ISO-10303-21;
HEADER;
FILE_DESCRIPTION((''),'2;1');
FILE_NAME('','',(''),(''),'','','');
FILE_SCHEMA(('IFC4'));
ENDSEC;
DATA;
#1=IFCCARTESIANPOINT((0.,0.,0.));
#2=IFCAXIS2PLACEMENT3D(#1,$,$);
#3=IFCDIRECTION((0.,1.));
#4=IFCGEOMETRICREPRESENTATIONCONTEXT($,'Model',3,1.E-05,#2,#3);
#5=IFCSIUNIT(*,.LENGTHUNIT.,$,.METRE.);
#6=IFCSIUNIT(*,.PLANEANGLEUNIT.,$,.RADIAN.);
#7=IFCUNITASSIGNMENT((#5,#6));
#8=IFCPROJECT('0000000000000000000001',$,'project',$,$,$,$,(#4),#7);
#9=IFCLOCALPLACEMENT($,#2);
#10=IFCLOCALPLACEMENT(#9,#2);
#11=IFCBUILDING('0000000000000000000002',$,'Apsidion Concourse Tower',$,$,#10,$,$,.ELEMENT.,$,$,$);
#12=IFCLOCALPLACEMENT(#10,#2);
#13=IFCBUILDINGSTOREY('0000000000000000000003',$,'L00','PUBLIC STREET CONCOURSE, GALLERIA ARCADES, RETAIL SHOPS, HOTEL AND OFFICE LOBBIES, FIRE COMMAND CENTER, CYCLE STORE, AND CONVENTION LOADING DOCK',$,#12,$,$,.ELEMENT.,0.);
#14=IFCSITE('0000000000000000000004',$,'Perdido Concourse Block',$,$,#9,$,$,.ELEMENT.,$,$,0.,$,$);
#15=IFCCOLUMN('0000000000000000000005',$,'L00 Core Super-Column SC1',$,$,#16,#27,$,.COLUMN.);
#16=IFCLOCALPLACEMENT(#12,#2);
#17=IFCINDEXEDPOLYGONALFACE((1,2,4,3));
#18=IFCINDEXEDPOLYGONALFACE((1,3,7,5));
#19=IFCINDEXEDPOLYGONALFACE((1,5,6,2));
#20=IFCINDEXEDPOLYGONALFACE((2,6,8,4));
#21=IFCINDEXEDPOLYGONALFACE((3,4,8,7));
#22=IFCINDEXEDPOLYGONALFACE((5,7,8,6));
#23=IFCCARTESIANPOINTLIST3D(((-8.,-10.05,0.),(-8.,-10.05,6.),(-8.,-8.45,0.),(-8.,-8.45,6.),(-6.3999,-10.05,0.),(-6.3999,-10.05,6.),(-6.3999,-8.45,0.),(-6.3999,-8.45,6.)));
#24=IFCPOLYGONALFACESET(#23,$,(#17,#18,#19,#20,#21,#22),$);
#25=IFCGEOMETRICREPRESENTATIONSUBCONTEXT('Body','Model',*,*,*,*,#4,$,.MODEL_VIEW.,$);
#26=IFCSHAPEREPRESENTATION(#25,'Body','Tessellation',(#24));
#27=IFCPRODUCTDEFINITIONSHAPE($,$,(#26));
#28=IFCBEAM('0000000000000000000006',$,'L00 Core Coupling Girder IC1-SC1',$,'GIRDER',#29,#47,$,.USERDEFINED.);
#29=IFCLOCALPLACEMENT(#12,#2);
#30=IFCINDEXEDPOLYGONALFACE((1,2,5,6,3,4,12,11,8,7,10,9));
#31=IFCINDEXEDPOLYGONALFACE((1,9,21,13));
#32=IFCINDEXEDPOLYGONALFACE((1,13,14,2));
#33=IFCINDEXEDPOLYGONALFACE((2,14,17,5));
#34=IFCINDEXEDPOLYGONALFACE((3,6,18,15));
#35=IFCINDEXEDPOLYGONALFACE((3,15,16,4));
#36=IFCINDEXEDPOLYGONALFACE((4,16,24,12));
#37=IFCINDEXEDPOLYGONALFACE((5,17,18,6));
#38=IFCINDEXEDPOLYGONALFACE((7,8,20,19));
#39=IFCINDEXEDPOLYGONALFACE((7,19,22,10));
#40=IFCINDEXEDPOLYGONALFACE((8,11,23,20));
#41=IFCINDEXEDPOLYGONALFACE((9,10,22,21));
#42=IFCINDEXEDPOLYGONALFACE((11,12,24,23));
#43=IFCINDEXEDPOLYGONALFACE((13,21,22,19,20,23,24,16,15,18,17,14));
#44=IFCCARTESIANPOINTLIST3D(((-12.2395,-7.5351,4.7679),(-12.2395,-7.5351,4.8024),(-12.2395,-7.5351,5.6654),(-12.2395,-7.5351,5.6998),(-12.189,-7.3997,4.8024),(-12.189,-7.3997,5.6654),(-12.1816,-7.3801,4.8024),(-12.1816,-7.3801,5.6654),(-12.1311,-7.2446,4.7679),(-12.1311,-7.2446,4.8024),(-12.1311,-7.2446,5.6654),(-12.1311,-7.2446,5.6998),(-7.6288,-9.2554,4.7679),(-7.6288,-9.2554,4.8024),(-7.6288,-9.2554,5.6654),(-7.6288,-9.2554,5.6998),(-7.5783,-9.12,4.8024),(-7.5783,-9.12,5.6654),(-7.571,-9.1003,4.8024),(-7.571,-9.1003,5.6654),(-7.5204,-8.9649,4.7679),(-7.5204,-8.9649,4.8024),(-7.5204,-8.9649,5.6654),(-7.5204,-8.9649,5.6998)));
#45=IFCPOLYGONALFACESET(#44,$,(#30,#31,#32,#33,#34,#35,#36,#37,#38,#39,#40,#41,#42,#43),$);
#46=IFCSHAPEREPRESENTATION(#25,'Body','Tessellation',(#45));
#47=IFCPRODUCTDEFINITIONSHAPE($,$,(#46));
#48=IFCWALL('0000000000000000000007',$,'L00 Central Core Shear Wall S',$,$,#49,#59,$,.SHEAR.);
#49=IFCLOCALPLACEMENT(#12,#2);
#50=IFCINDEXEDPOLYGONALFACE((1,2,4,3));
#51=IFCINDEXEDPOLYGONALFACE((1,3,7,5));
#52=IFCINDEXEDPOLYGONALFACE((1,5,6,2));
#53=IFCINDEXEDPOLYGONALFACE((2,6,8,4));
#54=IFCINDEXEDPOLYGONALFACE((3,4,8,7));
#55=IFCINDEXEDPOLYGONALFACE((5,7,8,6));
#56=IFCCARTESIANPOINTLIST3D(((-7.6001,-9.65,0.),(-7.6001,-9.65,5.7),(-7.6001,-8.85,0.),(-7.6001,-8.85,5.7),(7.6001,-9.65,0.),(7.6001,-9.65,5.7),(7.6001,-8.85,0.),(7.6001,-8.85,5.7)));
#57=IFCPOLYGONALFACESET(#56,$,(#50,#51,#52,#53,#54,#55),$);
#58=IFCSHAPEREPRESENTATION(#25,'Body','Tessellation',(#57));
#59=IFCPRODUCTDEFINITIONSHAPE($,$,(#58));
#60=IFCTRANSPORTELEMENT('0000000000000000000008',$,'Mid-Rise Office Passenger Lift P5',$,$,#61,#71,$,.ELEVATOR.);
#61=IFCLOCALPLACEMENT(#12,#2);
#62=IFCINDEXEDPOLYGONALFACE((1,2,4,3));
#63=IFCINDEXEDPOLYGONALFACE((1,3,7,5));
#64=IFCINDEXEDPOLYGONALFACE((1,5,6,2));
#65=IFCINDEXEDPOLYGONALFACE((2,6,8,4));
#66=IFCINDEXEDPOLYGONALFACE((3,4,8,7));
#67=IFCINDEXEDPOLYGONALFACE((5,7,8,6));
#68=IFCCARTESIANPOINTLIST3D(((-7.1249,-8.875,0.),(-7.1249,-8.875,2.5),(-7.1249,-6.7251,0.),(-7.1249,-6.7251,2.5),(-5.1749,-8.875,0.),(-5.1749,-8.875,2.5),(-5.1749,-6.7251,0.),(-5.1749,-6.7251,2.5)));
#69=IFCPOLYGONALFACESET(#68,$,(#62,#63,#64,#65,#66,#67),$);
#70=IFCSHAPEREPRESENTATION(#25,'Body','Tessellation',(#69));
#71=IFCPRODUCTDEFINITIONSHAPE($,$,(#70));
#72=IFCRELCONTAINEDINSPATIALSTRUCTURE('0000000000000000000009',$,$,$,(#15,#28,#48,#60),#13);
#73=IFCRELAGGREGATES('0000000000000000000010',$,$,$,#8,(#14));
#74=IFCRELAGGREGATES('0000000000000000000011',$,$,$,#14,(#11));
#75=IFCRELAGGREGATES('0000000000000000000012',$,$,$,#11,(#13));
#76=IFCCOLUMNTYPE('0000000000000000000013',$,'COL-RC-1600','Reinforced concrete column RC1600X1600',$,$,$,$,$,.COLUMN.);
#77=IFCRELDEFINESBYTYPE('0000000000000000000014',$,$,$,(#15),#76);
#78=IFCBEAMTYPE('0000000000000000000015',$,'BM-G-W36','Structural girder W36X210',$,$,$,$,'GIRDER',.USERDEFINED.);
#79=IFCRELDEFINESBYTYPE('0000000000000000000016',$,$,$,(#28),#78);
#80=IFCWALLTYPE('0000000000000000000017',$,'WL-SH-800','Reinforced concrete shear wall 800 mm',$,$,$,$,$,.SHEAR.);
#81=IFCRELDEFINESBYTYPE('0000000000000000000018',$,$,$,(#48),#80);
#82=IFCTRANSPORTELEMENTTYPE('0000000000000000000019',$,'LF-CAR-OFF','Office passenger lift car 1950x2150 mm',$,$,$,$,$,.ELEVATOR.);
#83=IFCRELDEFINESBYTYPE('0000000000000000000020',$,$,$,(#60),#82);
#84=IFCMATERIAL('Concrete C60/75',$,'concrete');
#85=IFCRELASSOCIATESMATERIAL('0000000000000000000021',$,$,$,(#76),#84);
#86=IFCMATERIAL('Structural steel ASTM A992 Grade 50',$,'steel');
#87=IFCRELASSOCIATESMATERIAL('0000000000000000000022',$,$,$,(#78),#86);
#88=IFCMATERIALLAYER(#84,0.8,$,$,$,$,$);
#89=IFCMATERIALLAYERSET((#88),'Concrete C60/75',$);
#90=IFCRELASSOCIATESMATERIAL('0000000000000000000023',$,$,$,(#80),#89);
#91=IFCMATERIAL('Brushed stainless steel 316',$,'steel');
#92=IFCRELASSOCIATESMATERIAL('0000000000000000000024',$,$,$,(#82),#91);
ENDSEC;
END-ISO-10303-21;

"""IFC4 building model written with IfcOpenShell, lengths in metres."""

from ifc_helpers import new_model, si_unit, direction, frame, frame_2d, origin, origin_2d, place, context, subcontext, project, spatial, rectangle, i_section, extrude, material, layer, layer_set, material_profile, profile_set, type_object, element, save


model = new_model("IFC4")

# Units and contexts
model_context = context("Model", 3, precision=1e-05, world=origin(), true_north=direction((0.0, 1.0)))
body_context = subcontext(model_context, "Body", "Model", "MODEL_VIEW")
ifc_project = project(units=[si_unit("LENGTHUNIT", "METRE"), si_unit("PLANEANGLEUNIT", "RADIAN")], contexts=[model_context])

# Site, building, storey
site_placement = place(None, origin())
site = spatial("IfcSite", under=ifc_project, at=site_placement, Name="Perdido Concourse Block", CompositionType="ELEMENT", RefElevation=0.0)
building_placement = place(site_placement, origin())
building = spatial("IfcBuilding", under=site, at=building_placement, Name="Apsidion Concourse Tower", CompositionType="ELEMENT")
storey_placement = place(building_placement, origin())
storey = spatial("IfcBuildingStorey", under=building, at=storey_placement, Name="L00", Description="PUBLIC STREET CONCOURSE, GALLERIA ARCADES, RETAIL SHOPS, HOTEL AND OFFICE LOBBIES, FIRE COMMAND CENTER, CYCLE STORE, AND CONVENTION LOADING DOCK", CompositionType="ELEMENT", Elevation=0.0)

# Column
ifc_material_1 = material(Name="Concrete C60/75", Category="concrete")
ifc_material_profile_1 = material_profile(ifc_material_1, rectangle(XDim=1.6001, YDim=1.6001, at=origin_2d()), Name="RC 1600x1600")
ifc_profile_set_1 = profile_set([ifc_material_profile_1], Name="Concrete C60/75")
column_type = type_object("IfcColumnType", Name="COL-RC-1600", Description="Reinforced concrete column RC1600X1600", PredefinedType="COLUMN", material=ifc_profile_set_1)
column_placement = place(storey_placement, frame((-7.2, -9.25, 0.0), z_axis=(0.0, 0.0, 1.0), x_axis=(1.0, 0.0, 0.0)))
element("IfcColumn", 1, at=column_placement, inside=storey, type_object=column_type, Name="L00 Core Super-Column SC1", PredefinedType="COLUMN", context=body_context, shape_type="SweptSolid", body=[
    extrude(rectangle(XDim=1.6001, YDim=1.6001, at=origin_2d()), origin(), (0.0, 0.0, 1.0), 6.0),
])

# Beam
ifc_material_2 = material(Name="Structural steel ASTM A992 Grade 50", Category="steel")
ifc_material_profile_2 = material_profile(ifc_material_2, i_section(OverallWidth=0.3101, OverallDepth=0.9319, WebThickness=0.021, FlangeThickness=0.0344, at=origin_2d()), Name="W36X210")
ifc_profile_set_2 = profile_set([ifc_material_profile_2], Name="Structural steel ASTM A992 Grade 50")
beam_type = type_object("IfcBeamType", Name="BM-G-W36", Description="Structural girder W36X210", ElementType="GIRDER", PredefinedType="USERDEFINED", material=ifc_profile_set_2)
beam_placement = place(storey_placement, frame((-12.1853, -7.3899, 5.2339), z_axis=(0.936913, -0.349563, 0.0), x_axis=(0.349563, 0.936913, 0.0)))
element("IfcBeam", 2, at=beam_placement, inside=storey, type_object=beam_type, Name="L00 Core Coupling Girder IC1-SC1", ObjectType="GIRDER", PredefinedType="USERDEFINED", context=body_context, shape_type="SweptSolid", body=[
    extrude(i_section(OverallWidth=0.3101, OverallDepth=0.9319, WebThickness=0.021, FlangeThickness=0.0344, at=origin_2d()), origin(), (0.0, 0.0, 1.0), 4.9211),
])

# Shared definitions
ifc_layer = layer(ifc_material_1, 0.8)
ifc_layer_set = layer_set([ifc_layer], Name="Concrete C60/75")
wall_type = type_object("IfcWallType", Name="WL-SH-800", Description="Reinforced concrete shear wall 800 mm", PredefinedType="SHEAR", material=ifc_layer_set)
ifc_material_3 = material(Name="Brushed stainless steel 316", Category="steel")

# Wall
wall_1_placement = place(storey_placement, frame((-7.6001, -9.25, 0.0), z_axis=(0.0, 0.0, 1.0), x_axis=(1.0, 0.0, 0.0)))
element("IfcWall", 3, at=wall_1_placement, inside=storey, type_object=wall_type, Name="L00 Central Core Shear Wall S", PredefinedType="SHEAR", context=body_context, shape_type="SweptSolid", body=[
    extrude(rectangle(XDim=15.2002, YDim=0.8, at=frame_2d((7.6001, 0.0))), origin(), (0.0, 0.0, 1.0), 5.7),
])

# Transport element
transport_element_type = type_object("IfcTransportElementType", Name="LF-CAR-OFF", Description="Office passenger lift car 1950x2150 mm", PredefinedType="ELEVATOR", material=ifc_material_3)
transport_element_placement = place(storey_placement, frame((-6.1499, -7.8, 0.0), z_axis=(0.0, 0.0, 1.0), x_axis=(1.0, 0.0, 0.0)))
element("IfcTransportElement", 4, at=transport_element_placement, inside=storey, type_object=transport_element_type, Name="Mid-Rise Office Passenger Lift P5", PredefinedType="ELEVATOR", context=body_context, shape_type="SweptSolid", body=[
    extrude(rectangle(XDim=1.95, YDim=2.1499, at=origin_2d()), origin(), (0.0, 0.0, 1.0), 2.5),
])

save(model, "model.ifc")
